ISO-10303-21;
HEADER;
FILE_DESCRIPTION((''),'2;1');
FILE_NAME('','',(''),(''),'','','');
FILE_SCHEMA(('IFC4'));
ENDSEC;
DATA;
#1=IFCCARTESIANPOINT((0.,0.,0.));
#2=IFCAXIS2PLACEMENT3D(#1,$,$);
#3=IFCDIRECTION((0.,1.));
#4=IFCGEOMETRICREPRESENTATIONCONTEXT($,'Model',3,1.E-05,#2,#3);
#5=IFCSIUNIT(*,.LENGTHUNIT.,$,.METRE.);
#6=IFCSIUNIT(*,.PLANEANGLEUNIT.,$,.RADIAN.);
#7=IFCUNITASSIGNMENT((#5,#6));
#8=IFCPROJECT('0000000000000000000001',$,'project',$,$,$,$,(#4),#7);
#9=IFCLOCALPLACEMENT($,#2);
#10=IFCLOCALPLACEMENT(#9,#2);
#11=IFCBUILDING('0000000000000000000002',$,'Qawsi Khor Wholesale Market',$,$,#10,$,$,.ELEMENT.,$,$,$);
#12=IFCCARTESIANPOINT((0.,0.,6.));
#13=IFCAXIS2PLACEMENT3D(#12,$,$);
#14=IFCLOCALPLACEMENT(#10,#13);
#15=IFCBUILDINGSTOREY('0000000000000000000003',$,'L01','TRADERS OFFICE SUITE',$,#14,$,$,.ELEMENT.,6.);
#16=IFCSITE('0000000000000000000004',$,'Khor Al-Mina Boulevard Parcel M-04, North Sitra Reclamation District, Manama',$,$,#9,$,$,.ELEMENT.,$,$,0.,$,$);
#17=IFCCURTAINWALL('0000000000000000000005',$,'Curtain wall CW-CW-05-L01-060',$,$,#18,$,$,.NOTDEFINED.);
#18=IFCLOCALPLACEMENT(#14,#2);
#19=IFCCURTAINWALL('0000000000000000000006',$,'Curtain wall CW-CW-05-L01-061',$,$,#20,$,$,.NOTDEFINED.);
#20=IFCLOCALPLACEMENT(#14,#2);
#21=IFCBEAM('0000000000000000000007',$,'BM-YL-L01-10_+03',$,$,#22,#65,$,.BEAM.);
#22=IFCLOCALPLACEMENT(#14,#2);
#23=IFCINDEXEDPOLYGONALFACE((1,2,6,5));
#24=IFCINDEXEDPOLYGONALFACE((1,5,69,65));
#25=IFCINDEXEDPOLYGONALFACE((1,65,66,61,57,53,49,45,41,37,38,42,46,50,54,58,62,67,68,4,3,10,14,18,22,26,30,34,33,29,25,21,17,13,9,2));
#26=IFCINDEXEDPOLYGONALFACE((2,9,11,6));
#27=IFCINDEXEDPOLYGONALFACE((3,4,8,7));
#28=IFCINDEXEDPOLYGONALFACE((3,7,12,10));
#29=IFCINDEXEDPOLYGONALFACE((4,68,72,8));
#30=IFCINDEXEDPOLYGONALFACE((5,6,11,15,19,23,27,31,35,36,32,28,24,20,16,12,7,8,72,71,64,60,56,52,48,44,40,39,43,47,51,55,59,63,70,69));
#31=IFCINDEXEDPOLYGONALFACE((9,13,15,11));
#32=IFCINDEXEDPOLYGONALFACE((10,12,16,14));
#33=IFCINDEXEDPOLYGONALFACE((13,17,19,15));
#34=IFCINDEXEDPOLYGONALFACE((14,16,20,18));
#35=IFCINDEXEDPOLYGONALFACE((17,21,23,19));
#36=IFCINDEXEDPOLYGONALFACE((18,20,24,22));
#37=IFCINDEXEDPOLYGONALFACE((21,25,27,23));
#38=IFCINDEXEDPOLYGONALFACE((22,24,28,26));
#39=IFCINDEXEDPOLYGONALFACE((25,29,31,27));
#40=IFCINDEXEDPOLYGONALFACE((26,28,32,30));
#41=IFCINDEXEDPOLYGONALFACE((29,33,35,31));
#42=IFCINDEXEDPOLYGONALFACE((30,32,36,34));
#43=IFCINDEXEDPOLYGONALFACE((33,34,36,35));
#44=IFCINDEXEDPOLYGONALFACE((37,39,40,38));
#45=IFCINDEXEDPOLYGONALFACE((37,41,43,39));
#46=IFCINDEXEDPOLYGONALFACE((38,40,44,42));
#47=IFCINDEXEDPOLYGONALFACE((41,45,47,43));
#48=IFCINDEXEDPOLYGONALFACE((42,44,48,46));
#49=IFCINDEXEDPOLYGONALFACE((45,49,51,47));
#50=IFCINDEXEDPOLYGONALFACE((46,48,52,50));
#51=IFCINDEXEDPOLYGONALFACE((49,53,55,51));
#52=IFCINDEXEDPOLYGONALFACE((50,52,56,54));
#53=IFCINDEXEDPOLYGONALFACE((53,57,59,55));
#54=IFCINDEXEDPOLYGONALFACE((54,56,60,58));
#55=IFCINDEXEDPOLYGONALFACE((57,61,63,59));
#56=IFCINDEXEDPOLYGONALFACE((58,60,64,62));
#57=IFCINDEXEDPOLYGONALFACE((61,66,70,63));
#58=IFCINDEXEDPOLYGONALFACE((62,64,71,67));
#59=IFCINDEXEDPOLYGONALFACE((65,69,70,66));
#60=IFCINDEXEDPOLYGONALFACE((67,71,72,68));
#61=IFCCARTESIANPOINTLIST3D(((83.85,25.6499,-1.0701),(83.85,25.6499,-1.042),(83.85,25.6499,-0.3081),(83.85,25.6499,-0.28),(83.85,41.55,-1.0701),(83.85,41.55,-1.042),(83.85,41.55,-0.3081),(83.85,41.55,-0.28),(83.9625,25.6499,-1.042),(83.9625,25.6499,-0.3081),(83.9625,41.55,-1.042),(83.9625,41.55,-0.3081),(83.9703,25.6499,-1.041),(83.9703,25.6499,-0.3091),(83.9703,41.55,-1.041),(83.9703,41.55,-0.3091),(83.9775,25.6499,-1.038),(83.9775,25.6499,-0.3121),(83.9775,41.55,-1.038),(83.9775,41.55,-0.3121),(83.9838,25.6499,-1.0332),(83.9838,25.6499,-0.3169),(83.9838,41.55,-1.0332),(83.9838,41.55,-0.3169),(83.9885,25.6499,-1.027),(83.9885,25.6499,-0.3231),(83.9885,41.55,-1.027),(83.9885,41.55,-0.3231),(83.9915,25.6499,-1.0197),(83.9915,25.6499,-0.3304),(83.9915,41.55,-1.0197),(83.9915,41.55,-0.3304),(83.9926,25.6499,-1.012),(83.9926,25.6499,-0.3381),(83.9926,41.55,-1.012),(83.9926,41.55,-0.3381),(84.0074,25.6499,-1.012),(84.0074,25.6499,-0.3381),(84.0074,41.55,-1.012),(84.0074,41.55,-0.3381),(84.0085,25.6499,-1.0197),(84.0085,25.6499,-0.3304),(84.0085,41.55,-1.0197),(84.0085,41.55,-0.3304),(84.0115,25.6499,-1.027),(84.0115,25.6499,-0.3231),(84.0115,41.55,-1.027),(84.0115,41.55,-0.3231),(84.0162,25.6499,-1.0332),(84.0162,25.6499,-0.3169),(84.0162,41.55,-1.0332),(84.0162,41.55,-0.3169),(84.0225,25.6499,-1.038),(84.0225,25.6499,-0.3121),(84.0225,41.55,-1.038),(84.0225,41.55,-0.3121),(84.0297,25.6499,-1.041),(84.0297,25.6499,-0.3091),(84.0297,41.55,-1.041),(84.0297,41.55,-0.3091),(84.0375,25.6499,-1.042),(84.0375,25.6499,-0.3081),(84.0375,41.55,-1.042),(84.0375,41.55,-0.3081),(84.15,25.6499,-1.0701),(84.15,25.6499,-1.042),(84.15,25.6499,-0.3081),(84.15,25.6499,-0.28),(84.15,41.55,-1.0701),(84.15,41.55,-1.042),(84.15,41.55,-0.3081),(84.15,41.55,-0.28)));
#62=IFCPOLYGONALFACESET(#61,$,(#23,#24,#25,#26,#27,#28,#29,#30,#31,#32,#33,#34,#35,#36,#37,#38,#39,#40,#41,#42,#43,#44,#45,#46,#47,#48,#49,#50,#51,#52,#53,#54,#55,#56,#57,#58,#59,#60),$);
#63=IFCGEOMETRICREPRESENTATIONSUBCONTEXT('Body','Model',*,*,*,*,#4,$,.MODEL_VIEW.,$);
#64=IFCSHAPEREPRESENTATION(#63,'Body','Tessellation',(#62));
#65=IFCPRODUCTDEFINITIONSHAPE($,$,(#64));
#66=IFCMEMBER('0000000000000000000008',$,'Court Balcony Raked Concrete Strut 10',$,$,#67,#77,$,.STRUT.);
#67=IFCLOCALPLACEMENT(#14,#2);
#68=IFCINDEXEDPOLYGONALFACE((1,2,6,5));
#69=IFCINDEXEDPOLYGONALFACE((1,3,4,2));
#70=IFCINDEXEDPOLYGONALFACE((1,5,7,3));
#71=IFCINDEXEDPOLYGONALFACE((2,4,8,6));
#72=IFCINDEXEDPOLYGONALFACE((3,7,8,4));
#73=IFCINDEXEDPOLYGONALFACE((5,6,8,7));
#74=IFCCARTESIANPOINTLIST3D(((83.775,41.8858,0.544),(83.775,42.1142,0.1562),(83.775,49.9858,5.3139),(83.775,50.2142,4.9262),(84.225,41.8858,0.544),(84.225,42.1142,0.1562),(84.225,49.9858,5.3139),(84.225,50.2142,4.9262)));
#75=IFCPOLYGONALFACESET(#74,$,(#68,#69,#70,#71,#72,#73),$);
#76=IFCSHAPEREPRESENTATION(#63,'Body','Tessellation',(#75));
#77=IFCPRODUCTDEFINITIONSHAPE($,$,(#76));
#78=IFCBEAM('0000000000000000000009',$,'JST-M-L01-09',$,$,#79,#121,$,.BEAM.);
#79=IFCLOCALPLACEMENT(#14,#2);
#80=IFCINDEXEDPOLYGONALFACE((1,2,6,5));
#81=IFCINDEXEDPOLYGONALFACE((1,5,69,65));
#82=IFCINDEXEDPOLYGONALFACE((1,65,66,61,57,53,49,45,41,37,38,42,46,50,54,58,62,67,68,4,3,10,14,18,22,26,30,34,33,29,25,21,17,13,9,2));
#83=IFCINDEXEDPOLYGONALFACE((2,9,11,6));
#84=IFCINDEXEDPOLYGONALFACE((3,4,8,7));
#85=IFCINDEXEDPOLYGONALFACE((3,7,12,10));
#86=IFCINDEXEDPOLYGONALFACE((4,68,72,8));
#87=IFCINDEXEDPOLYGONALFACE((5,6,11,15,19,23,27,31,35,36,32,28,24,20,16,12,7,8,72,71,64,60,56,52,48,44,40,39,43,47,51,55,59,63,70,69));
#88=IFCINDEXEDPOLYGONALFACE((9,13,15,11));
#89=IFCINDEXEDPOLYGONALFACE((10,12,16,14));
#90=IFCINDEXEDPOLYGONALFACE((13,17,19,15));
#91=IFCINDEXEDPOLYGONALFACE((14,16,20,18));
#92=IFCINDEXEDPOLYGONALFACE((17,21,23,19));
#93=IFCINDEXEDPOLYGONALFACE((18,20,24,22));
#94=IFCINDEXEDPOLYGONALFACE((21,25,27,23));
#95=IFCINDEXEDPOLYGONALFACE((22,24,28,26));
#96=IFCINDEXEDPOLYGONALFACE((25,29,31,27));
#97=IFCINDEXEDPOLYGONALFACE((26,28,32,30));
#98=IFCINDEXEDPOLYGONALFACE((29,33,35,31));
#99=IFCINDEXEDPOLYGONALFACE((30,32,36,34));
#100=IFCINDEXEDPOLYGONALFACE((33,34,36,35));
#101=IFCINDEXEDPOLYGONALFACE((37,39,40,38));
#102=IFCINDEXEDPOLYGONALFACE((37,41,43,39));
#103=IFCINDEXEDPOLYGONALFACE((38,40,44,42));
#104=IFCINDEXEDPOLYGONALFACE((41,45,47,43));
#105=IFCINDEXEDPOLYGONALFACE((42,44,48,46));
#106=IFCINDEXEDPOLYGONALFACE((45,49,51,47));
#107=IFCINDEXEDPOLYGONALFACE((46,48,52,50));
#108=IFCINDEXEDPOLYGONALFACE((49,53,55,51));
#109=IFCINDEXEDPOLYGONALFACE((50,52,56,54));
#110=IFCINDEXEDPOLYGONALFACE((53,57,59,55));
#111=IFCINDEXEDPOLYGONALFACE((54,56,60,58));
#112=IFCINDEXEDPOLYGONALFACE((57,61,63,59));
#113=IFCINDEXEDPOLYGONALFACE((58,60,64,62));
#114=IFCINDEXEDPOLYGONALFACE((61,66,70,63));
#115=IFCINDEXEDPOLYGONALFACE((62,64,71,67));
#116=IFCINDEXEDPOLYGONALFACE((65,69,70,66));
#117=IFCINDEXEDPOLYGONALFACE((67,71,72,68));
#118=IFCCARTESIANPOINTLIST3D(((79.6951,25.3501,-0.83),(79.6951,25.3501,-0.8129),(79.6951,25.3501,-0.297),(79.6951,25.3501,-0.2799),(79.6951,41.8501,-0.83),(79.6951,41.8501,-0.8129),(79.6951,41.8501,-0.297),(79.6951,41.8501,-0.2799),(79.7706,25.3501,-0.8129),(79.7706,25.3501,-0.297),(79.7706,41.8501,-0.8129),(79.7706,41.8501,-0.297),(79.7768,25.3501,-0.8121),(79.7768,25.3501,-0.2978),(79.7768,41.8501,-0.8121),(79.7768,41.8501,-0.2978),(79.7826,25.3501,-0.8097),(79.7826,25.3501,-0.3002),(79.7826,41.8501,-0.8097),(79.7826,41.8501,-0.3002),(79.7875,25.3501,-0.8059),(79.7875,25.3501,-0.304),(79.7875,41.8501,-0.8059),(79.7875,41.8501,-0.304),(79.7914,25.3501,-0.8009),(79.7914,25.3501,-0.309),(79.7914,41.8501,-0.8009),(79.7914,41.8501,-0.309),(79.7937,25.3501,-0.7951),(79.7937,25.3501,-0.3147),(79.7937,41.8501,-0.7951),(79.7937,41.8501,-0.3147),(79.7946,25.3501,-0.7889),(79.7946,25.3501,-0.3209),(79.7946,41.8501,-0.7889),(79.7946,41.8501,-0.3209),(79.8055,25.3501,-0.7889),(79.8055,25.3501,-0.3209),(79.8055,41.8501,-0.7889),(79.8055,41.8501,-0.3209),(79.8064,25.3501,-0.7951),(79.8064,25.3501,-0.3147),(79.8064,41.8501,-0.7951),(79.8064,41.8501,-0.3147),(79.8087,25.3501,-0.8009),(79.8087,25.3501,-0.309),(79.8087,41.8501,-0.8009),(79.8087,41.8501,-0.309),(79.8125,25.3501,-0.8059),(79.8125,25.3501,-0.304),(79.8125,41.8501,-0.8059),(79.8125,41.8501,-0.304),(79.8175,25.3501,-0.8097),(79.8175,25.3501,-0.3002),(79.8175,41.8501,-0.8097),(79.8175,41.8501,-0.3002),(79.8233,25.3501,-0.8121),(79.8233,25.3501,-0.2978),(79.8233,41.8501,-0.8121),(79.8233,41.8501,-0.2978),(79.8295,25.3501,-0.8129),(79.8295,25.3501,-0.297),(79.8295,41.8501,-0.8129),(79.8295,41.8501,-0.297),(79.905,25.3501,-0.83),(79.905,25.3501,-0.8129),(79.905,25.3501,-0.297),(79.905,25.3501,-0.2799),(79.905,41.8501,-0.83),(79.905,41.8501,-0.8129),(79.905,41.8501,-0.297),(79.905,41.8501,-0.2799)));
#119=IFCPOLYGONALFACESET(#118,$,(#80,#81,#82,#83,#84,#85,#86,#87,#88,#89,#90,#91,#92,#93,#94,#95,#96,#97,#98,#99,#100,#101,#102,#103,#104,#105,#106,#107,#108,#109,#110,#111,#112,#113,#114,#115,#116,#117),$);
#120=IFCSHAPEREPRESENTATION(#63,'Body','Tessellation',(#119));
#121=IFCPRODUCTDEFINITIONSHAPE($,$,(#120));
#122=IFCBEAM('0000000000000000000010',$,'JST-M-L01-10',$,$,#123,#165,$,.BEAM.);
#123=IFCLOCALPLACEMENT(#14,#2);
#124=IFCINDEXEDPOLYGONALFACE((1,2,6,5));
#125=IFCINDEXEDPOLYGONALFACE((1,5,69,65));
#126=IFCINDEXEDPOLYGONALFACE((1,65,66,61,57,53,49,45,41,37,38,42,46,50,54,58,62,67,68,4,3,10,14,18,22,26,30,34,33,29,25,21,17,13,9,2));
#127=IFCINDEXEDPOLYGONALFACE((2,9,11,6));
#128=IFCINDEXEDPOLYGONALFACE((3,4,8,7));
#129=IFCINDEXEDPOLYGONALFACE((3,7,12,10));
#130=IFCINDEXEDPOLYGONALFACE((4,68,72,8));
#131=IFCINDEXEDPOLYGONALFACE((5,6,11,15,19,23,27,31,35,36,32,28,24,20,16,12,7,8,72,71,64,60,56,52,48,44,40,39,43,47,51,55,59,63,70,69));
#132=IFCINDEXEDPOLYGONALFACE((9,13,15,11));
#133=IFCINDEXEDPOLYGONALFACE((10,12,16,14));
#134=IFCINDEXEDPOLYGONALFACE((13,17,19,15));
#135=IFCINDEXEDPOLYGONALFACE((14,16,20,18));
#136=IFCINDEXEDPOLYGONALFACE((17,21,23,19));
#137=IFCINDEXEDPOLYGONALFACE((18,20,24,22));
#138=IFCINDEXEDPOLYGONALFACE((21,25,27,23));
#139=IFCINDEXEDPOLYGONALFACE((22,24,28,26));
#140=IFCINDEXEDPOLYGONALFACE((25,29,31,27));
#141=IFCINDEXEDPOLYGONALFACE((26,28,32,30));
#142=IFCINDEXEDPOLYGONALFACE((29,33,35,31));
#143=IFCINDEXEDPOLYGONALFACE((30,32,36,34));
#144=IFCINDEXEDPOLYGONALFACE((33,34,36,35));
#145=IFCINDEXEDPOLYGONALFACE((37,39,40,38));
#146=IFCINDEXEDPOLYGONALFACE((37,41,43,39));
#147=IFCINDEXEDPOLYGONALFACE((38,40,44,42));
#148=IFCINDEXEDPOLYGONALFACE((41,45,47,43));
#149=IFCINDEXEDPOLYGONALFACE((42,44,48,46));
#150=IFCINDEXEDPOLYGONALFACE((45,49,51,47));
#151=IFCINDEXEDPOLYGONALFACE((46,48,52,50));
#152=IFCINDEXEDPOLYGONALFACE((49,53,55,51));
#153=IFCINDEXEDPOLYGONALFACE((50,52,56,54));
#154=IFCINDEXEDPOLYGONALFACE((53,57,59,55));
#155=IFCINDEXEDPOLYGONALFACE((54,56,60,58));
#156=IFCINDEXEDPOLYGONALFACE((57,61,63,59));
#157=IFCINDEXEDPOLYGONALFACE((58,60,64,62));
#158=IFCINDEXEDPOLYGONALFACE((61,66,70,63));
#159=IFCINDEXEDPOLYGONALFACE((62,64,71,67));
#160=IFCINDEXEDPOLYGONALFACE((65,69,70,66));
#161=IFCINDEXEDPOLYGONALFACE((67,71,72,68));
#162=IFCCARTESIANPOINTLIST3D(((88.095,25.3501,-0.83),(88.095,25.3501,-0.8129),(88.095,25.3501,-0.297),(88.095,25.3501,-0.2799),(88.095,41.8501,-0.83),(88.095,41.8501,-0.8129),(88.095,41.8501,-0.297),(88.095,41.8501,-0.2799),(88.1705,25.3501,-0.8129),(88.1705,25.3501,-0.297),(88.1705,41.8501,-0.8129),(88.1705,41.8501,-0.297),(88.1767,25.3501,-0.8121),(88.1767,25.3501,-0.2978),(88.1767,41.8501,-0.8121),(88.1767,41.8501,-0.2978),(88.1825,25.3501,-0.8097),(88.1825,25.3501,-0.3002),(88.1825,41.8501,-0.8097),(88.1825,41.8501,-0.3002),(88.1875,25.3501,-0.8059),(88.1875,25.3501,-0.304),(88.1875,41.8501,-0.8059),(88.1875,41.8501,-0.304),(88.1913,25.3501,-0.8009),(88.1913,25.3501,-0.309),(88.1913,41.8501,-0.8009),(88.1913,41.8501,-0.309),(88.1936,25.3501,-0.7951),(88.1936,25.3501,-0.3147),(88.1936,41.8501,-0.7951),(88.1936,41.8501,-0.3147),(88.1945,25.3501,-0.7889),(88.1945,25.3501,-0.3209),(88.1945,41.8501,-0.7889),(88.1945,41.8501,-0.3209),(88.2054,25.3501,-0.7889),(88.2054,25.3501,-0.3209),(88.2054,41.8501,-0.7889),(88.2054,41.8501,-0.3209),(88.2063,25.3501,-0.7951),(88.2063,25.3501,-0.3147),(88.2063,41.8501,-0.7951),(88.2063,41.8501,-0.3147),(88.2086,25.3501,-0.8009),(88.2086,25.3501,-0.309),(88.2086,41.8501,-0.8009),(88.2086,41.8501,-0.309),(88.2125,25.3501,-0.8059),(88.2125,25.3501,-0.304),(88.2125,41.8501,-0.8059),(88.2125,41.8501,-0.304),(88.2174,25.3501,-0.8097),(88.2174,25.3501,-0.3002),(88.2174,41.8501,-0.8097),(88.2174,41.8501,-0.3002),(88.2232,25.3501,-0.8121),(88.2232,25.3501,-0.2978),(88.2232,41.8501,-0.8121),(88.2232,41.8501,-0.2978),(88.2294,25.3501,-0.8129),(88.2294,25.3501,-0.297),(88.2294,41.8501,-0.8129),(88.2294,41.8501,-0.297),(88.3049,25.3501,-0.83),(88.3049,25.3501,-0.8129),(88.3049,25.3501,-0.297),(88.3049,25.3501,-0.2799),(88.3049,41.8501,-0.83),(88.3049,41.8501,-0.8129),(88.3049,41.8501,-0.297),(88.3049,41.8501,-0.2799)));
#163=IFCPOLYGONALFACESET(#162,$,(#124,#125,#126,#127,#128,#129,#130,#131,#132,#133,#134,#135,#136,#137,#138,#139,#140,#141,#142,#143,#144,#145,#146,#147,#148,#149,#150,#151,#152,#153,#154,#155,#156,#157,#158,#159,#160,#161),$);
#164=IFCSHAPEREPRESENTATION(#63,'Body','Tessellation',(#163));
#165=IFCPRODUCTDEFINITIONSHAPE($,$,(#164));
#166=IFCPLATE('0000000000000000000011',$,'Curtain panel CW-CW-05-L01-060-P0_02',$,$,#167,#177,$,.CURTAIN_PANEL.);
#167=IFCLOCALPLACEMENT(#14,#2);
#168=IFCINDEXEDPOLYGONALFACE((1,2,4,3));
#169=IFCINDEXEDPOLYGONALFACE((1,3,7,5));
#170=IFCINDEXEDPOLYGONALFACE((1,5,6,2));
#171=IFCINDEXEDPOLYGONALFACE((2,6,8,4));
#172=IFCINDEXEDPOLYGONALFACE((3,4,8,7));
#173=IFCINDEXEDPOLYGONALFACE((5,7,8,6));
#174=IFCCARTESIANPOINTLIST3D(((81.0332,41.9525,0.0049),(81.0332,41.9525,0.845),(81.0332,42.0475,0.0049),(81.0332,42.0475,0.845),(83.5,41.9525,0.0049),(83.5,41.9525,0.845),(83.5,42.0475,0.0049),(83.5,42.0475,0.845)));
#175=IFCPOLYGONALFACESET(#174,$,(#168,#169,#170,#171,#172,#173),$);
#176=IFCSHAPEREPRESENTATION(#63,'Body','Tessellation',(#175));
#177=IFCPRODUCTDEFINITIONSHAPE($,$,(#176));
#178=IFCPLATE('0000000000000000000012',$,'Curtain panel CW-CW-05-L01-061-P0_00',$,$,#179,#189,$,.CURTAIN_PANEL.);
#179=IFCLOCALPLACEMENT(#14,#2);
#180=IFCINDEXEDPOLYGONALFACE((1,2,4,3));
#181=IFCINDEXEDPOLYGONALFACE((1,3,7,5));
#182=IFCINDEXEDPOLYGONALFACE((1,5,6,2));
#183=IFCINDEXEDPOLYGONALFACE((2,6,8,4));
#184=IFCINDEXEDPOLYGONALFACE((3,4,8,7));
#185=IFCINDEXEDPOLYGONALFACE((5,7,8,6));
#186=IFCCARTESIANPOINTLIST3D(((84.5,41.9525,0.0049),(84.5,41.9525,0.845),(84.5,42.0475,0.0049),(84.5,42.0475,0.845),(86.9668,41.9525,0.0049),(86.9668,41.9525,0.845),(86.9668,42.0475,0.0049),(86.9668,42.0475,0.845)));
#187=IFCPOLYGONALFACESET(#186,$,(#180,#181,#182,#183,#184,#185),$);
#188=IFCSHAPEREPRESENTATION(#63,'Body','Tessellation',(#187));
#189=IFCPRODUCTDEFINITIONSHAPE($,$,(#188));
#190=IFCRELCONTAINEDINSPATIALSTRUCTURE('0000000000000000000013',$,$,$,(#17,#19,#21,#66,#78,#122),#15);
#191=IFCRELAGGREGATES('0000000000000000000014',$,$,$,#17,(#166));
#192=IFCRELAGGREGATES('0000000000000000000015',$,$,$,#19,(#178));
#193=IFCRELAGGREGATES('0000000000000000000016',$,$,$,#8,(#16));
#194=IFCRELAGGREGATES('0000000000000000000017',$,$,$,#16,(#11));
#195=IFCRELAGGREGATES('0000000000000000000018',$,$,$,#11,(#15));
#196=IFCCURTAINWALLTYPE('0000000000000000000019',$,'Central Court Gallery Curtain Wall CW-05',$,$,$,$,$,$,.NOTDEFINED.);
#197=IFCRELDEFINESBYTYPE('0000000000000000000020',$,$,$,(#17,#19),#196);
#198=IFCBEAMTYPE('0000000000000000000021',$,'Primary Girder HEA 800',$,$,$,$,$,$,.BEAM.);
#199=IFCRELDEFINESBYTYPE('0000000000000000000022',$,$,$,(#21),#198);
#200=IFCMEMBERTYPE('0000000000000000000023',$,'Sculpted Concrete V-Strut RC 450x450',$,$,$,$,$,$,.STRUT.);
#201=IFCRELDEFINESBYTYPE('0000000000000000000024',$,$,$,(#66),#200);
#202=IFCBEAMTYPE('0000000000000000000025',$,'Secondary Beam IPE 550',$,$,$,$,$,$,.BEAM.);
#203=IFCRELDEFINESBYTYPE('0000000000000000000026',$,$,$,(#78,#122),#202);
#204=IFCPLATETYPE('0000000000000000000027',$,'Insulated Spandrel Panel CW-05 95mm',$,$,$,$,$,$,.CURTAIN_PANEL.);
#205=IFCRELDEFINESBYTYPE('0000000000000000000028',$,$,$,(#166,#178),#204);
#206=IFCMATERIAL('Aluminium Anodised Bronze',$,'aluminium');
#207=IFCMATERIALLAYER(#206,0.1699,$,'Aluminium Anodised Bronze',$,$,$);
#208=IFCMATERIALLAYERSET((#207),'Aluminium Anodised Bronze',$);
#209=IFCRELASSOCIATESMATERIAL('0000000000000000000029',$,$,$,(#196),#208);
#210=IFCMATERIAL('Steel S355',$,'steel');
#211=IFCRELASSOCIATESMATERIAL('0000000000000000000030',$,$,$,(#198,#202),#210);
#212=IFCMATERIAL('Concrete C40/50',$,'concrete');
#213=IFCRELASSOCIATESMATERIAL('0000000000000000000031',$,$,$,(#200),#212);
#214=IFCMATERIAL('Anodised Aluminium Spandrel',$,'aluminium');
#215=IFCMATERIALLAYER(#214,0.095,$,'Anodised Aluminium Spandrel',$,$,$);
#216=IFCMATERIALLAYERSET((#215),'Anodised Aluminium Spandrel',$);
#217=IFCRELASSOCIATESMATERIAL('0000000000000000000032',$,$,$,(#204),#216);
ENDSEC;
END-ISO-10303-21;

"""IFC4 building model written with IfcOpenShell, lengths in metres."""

from ifc_helpers import new_model, si_unit, direction, frame, frame_2d, origin, origin_2d, place, context, subcontext, project, spatial, rectangle, i_section, extrude, material, layer, layer_set, material_profile, profile_set, type_object, element, aggregate, save


model = new_model("IFC4")

# Units and contexts
model_context = context("Model", 3, precision=1e-05, world=origin(), true_north=direction((0.0, 1.0)))
body_context = subcontext(model_context, "Body", "Model", "MODEL_VIEW")
ifc_project = project(units=[si_unit("LENGTHUNIT", "METRE"), si_unit("PLANEANGLEUNIT", "RADIAN")], contexts=[model_context])

# Site, building, storey
site_placement = place(None, origin())
site = spatial("IfcSite", under=ifc_project, at=site_placement, Name="Khor Al-Mina Boulevard Parcel M-04, North Sitra Reclamation District, Manama", CompositionType="ELEMENT", RefElevation=0.0)
building_placement = place(site_placement, origin())
building = spatial("IfcBuilding", under=site, at=building_placement, Name="Qawsi Khor Wholesale Market", CompositionType="ELEMENT")
storey_placement = place(building_placement, frame((0.0, 0.0, 6.0)))
storey = spatial("IfcBuildingStorey", under=building, at=storey_placement, Name="L01", Description="TRADERS OFFICE SUITE", CompositionType="ELEMENT", Elevation=6.0)

# Shared definitions
ifc_material_1 = material(Name="Concrete C40/50", Category="concrete")

# Curtain walls
ifc_material_2 = material(Name="Aluminium Anodised Bronze", Category="aluminium")
ifc_layer_1 = layer(ifc_material_2, 0.1699, Name="Aluminium Anodised Bronze")
ifc_layer_set_1 = layer_set([ifc_layer_1], Name="Aluminium Anodised Bronze")
curtain_wall_type = type_object("IfcCurtainWallType", Name="Central Court Gallery Curtain Wall CW-05", PredefinedType="NOTDEFINED", material=ifc_layer_set_1)
curtain_wall_1_placement = place(storey_placement, origin())
curtain_wall_1 = element("IfcCurtainWall", 1, at=curtain_wall_1_placement, inside=storey, type_object=curtain_wall_type, Name="Curtain wall CW-CW-05-L01-060", PredefinedType="NOTDEFINED")
curtain_wall_2_placement = place(storey_placement, origin())
curtain_wall_2 = element("IfcCurtainWall", 2, at=curtain_wall_2_placement, inside=storey, type_object=curtain_wall_type, Name="Curtain wall CW-CW-05-L01-061", PredefinedType="NOTDEFINED")

# Beam
ifc_material_3 = material(Name="Steel S355", Category="steel")
ifc_material_profile_1 = material_profile(ifc_material_3, i_section(OverallWidth=0.3, OverallDepth=0.79, WebThickness=0.0149, FlangeThickness=0.0281, FilletRadius=0.03, at=origin_2d()), Name="HEA 800")
ifc_profile_set_1 = profile_set([ifc_material_profile_1], Name="Steel S355")
beam_type_1 = type_object("IfcBeamType", Name="Primary Girder HEA 800", PredefinedType="BEAM", material=ifc_profile_set_1)
beam_1_placement = place(storey_placement, frame((84.0, 25.6499, -0.675), z_axis=(0.0, 1.0, 0.0), x_axis=(-1.0, 0.0, 0.0)))
element("IfcBeam", 3, at=beam_1_placement, inside=storey, type_object=beam_type_1, Name="BM-YL-L01-10_+03", PredefinedType="BEAM", context=body_context, shape_type="SweptSolid", body=[
    extrude(i_section(OverallWidth=0.3, OverallDepth=0.79, WebThickness=0.0149, FlangeThickness=0.0281, FilletRadius=0.03, at=origin_2d()), origin(), (0.0, 0.0, 1.0), 15.9001),
])

# Member
ifc_material_profile_2 = material_profile(ifc_material_1, rectangle(XDim=0.45, YDim=0.45, at=origin_2d()), Name="RC 450x450")
ifc_profile_set_2 = profile_set([ifc_material_profile_2], Name="Concrete C40/50")
member_type_1 = type_object("IfcMemberType", Name="Sculpted Concrete V-Strut RC 450x450", PredefinedType="STRUT", material=ifc_profile_set_2)
member_1_placement = place(storey_placement, frame((84.0, 42.0, 0.3501), z_axis=(0.0, 0.86169, 0.507435), x_axis=(-1.0, 0.0, 0.0)))
element("IfcMember", 4, at=member_1_placement, inside=storey, type_object=member_type_1, Name="Court Balcony Raked Concrete Strut 10", PredefinedType="STRUT", context=body_context, shape_type="SweptSolid", body=[
    extrude(rectangle(XDim=0.45, YDim=0.45, at=origin_2d()), origin(), (0.0, 0.0, 1.0), 9.4001),
])

# Beams
ifc_material_profile_3 = material_profile(ifc_material_3, i_section(OverallWidth=0.21, OverallDepth=0.55, WebThickness=0.011, FlangeThickness=0.0171, FilletRadius=0.0239, at=origin_2d()), Name="IPE 550")
ifc_profile_set_3 = profile_set([ifc_material_profile_3], Name="Steel S355")
beam_type_2 = type_object("IfcBeamType", Name="Secondary Beam IPE 550", PredefinedType="BEAM", material=ifc_profile_set_3)
for number, where, z_axis, x_axis, name in (
    (5, (79.8, 25.3501, -0.5549), (0.0, 1.0, 0.0), (-1.0, 0.0, 0.0), "JST-M-L01-09"),
    (6, (88.2, 25.3501, -0.5549), (0.0, 1.0, 0.0), (-1.0, 0.0, 0.0), "JST-M-L01-10"),
):
    element("IfcBeam", number, at=place(storey_placement, frame(where, z_axis=z_axis, x_axis=x_axis)), inside=storey, type_object=beam_type_2, Name=name, PredefinedType="BEAM", context=body_context, shape_type="SweptSolid", body=[
        extrude(i_section(OverallWidth=0.21, OverallDepth=0.55, WebThickness=0.011, FlangeThickness=0.0171, FilletRadius=0.0239, at=origin_2d()), origin(), (0.0, 0.0, 1.0), 16.5),
    ])

# Plates
ifc_material_4 = material(Name="Anodised Aluminium Spandrel", Category="aluminium")
ifc_layer_2 = layer(ifc_material_4, 0.095, Name="Anodised Aluminium Spandrel")
ifc_layer_set_2 = layer_set([ifc_layer_2], Name="Anodised Aluminium Spandrel")
plate_type_1 = type_object("IfcPlateType", Name="Insulated Spandrel Panel CW-05 95mm", PredefinedType="CURTAIN_PANEL", material=ifc_layer_set_2)
plate_1_placement = place(storey_placement, frame((81.0332, 42.0, 0.0049), z_axis=(0.0, 0.0, 1.0), x_axis=(1.0, 0.0, 0.0)))
plate_1 = element("IfcPlate", 7, at=plate_1_placement, type_object=plate_type_1, Name="Curtain panel CW-CW-05-L01-060-P0_02", PredefinedType="CURTAIN_PANEL", context=body_context, shape_type="SweptSolid", body=[
    extrude(rectangle(XDim=2.4668, YDim=0.095, at=frame_2d((1.2334, 0.0))), origin(), (0.0, 0.0, 1.0), 0.8401),
])
plate_2_placement = place(storey_placement, frame((84.5, 42.0, 0.0049), z_axis=(0.0, 0.0, 1.0), x_axis=(1.0, 0.0, 0.0)))
plate_2 = element("IfcPlate", 8, at=plate_2_placement, type_object=plate_type_1, Name="Curtain panel CW-CW-05-L01-061-P0_00", PredefinedType="CURTAIN_PANEL", context=body_context, shape_type="SweptSolid", body=[
    extrude(rectangle(XDim=2.4668, YDim=0.095, at=frame_2d((1.2334, 0.0))), origin(), (0.0, 0.0, 1.0), 0.8401),
])
aggregate(curtain_wall_1, [plate_1])
aggregate(curtain_wall_2, [plate_2])

save(model, "model.ifc")
